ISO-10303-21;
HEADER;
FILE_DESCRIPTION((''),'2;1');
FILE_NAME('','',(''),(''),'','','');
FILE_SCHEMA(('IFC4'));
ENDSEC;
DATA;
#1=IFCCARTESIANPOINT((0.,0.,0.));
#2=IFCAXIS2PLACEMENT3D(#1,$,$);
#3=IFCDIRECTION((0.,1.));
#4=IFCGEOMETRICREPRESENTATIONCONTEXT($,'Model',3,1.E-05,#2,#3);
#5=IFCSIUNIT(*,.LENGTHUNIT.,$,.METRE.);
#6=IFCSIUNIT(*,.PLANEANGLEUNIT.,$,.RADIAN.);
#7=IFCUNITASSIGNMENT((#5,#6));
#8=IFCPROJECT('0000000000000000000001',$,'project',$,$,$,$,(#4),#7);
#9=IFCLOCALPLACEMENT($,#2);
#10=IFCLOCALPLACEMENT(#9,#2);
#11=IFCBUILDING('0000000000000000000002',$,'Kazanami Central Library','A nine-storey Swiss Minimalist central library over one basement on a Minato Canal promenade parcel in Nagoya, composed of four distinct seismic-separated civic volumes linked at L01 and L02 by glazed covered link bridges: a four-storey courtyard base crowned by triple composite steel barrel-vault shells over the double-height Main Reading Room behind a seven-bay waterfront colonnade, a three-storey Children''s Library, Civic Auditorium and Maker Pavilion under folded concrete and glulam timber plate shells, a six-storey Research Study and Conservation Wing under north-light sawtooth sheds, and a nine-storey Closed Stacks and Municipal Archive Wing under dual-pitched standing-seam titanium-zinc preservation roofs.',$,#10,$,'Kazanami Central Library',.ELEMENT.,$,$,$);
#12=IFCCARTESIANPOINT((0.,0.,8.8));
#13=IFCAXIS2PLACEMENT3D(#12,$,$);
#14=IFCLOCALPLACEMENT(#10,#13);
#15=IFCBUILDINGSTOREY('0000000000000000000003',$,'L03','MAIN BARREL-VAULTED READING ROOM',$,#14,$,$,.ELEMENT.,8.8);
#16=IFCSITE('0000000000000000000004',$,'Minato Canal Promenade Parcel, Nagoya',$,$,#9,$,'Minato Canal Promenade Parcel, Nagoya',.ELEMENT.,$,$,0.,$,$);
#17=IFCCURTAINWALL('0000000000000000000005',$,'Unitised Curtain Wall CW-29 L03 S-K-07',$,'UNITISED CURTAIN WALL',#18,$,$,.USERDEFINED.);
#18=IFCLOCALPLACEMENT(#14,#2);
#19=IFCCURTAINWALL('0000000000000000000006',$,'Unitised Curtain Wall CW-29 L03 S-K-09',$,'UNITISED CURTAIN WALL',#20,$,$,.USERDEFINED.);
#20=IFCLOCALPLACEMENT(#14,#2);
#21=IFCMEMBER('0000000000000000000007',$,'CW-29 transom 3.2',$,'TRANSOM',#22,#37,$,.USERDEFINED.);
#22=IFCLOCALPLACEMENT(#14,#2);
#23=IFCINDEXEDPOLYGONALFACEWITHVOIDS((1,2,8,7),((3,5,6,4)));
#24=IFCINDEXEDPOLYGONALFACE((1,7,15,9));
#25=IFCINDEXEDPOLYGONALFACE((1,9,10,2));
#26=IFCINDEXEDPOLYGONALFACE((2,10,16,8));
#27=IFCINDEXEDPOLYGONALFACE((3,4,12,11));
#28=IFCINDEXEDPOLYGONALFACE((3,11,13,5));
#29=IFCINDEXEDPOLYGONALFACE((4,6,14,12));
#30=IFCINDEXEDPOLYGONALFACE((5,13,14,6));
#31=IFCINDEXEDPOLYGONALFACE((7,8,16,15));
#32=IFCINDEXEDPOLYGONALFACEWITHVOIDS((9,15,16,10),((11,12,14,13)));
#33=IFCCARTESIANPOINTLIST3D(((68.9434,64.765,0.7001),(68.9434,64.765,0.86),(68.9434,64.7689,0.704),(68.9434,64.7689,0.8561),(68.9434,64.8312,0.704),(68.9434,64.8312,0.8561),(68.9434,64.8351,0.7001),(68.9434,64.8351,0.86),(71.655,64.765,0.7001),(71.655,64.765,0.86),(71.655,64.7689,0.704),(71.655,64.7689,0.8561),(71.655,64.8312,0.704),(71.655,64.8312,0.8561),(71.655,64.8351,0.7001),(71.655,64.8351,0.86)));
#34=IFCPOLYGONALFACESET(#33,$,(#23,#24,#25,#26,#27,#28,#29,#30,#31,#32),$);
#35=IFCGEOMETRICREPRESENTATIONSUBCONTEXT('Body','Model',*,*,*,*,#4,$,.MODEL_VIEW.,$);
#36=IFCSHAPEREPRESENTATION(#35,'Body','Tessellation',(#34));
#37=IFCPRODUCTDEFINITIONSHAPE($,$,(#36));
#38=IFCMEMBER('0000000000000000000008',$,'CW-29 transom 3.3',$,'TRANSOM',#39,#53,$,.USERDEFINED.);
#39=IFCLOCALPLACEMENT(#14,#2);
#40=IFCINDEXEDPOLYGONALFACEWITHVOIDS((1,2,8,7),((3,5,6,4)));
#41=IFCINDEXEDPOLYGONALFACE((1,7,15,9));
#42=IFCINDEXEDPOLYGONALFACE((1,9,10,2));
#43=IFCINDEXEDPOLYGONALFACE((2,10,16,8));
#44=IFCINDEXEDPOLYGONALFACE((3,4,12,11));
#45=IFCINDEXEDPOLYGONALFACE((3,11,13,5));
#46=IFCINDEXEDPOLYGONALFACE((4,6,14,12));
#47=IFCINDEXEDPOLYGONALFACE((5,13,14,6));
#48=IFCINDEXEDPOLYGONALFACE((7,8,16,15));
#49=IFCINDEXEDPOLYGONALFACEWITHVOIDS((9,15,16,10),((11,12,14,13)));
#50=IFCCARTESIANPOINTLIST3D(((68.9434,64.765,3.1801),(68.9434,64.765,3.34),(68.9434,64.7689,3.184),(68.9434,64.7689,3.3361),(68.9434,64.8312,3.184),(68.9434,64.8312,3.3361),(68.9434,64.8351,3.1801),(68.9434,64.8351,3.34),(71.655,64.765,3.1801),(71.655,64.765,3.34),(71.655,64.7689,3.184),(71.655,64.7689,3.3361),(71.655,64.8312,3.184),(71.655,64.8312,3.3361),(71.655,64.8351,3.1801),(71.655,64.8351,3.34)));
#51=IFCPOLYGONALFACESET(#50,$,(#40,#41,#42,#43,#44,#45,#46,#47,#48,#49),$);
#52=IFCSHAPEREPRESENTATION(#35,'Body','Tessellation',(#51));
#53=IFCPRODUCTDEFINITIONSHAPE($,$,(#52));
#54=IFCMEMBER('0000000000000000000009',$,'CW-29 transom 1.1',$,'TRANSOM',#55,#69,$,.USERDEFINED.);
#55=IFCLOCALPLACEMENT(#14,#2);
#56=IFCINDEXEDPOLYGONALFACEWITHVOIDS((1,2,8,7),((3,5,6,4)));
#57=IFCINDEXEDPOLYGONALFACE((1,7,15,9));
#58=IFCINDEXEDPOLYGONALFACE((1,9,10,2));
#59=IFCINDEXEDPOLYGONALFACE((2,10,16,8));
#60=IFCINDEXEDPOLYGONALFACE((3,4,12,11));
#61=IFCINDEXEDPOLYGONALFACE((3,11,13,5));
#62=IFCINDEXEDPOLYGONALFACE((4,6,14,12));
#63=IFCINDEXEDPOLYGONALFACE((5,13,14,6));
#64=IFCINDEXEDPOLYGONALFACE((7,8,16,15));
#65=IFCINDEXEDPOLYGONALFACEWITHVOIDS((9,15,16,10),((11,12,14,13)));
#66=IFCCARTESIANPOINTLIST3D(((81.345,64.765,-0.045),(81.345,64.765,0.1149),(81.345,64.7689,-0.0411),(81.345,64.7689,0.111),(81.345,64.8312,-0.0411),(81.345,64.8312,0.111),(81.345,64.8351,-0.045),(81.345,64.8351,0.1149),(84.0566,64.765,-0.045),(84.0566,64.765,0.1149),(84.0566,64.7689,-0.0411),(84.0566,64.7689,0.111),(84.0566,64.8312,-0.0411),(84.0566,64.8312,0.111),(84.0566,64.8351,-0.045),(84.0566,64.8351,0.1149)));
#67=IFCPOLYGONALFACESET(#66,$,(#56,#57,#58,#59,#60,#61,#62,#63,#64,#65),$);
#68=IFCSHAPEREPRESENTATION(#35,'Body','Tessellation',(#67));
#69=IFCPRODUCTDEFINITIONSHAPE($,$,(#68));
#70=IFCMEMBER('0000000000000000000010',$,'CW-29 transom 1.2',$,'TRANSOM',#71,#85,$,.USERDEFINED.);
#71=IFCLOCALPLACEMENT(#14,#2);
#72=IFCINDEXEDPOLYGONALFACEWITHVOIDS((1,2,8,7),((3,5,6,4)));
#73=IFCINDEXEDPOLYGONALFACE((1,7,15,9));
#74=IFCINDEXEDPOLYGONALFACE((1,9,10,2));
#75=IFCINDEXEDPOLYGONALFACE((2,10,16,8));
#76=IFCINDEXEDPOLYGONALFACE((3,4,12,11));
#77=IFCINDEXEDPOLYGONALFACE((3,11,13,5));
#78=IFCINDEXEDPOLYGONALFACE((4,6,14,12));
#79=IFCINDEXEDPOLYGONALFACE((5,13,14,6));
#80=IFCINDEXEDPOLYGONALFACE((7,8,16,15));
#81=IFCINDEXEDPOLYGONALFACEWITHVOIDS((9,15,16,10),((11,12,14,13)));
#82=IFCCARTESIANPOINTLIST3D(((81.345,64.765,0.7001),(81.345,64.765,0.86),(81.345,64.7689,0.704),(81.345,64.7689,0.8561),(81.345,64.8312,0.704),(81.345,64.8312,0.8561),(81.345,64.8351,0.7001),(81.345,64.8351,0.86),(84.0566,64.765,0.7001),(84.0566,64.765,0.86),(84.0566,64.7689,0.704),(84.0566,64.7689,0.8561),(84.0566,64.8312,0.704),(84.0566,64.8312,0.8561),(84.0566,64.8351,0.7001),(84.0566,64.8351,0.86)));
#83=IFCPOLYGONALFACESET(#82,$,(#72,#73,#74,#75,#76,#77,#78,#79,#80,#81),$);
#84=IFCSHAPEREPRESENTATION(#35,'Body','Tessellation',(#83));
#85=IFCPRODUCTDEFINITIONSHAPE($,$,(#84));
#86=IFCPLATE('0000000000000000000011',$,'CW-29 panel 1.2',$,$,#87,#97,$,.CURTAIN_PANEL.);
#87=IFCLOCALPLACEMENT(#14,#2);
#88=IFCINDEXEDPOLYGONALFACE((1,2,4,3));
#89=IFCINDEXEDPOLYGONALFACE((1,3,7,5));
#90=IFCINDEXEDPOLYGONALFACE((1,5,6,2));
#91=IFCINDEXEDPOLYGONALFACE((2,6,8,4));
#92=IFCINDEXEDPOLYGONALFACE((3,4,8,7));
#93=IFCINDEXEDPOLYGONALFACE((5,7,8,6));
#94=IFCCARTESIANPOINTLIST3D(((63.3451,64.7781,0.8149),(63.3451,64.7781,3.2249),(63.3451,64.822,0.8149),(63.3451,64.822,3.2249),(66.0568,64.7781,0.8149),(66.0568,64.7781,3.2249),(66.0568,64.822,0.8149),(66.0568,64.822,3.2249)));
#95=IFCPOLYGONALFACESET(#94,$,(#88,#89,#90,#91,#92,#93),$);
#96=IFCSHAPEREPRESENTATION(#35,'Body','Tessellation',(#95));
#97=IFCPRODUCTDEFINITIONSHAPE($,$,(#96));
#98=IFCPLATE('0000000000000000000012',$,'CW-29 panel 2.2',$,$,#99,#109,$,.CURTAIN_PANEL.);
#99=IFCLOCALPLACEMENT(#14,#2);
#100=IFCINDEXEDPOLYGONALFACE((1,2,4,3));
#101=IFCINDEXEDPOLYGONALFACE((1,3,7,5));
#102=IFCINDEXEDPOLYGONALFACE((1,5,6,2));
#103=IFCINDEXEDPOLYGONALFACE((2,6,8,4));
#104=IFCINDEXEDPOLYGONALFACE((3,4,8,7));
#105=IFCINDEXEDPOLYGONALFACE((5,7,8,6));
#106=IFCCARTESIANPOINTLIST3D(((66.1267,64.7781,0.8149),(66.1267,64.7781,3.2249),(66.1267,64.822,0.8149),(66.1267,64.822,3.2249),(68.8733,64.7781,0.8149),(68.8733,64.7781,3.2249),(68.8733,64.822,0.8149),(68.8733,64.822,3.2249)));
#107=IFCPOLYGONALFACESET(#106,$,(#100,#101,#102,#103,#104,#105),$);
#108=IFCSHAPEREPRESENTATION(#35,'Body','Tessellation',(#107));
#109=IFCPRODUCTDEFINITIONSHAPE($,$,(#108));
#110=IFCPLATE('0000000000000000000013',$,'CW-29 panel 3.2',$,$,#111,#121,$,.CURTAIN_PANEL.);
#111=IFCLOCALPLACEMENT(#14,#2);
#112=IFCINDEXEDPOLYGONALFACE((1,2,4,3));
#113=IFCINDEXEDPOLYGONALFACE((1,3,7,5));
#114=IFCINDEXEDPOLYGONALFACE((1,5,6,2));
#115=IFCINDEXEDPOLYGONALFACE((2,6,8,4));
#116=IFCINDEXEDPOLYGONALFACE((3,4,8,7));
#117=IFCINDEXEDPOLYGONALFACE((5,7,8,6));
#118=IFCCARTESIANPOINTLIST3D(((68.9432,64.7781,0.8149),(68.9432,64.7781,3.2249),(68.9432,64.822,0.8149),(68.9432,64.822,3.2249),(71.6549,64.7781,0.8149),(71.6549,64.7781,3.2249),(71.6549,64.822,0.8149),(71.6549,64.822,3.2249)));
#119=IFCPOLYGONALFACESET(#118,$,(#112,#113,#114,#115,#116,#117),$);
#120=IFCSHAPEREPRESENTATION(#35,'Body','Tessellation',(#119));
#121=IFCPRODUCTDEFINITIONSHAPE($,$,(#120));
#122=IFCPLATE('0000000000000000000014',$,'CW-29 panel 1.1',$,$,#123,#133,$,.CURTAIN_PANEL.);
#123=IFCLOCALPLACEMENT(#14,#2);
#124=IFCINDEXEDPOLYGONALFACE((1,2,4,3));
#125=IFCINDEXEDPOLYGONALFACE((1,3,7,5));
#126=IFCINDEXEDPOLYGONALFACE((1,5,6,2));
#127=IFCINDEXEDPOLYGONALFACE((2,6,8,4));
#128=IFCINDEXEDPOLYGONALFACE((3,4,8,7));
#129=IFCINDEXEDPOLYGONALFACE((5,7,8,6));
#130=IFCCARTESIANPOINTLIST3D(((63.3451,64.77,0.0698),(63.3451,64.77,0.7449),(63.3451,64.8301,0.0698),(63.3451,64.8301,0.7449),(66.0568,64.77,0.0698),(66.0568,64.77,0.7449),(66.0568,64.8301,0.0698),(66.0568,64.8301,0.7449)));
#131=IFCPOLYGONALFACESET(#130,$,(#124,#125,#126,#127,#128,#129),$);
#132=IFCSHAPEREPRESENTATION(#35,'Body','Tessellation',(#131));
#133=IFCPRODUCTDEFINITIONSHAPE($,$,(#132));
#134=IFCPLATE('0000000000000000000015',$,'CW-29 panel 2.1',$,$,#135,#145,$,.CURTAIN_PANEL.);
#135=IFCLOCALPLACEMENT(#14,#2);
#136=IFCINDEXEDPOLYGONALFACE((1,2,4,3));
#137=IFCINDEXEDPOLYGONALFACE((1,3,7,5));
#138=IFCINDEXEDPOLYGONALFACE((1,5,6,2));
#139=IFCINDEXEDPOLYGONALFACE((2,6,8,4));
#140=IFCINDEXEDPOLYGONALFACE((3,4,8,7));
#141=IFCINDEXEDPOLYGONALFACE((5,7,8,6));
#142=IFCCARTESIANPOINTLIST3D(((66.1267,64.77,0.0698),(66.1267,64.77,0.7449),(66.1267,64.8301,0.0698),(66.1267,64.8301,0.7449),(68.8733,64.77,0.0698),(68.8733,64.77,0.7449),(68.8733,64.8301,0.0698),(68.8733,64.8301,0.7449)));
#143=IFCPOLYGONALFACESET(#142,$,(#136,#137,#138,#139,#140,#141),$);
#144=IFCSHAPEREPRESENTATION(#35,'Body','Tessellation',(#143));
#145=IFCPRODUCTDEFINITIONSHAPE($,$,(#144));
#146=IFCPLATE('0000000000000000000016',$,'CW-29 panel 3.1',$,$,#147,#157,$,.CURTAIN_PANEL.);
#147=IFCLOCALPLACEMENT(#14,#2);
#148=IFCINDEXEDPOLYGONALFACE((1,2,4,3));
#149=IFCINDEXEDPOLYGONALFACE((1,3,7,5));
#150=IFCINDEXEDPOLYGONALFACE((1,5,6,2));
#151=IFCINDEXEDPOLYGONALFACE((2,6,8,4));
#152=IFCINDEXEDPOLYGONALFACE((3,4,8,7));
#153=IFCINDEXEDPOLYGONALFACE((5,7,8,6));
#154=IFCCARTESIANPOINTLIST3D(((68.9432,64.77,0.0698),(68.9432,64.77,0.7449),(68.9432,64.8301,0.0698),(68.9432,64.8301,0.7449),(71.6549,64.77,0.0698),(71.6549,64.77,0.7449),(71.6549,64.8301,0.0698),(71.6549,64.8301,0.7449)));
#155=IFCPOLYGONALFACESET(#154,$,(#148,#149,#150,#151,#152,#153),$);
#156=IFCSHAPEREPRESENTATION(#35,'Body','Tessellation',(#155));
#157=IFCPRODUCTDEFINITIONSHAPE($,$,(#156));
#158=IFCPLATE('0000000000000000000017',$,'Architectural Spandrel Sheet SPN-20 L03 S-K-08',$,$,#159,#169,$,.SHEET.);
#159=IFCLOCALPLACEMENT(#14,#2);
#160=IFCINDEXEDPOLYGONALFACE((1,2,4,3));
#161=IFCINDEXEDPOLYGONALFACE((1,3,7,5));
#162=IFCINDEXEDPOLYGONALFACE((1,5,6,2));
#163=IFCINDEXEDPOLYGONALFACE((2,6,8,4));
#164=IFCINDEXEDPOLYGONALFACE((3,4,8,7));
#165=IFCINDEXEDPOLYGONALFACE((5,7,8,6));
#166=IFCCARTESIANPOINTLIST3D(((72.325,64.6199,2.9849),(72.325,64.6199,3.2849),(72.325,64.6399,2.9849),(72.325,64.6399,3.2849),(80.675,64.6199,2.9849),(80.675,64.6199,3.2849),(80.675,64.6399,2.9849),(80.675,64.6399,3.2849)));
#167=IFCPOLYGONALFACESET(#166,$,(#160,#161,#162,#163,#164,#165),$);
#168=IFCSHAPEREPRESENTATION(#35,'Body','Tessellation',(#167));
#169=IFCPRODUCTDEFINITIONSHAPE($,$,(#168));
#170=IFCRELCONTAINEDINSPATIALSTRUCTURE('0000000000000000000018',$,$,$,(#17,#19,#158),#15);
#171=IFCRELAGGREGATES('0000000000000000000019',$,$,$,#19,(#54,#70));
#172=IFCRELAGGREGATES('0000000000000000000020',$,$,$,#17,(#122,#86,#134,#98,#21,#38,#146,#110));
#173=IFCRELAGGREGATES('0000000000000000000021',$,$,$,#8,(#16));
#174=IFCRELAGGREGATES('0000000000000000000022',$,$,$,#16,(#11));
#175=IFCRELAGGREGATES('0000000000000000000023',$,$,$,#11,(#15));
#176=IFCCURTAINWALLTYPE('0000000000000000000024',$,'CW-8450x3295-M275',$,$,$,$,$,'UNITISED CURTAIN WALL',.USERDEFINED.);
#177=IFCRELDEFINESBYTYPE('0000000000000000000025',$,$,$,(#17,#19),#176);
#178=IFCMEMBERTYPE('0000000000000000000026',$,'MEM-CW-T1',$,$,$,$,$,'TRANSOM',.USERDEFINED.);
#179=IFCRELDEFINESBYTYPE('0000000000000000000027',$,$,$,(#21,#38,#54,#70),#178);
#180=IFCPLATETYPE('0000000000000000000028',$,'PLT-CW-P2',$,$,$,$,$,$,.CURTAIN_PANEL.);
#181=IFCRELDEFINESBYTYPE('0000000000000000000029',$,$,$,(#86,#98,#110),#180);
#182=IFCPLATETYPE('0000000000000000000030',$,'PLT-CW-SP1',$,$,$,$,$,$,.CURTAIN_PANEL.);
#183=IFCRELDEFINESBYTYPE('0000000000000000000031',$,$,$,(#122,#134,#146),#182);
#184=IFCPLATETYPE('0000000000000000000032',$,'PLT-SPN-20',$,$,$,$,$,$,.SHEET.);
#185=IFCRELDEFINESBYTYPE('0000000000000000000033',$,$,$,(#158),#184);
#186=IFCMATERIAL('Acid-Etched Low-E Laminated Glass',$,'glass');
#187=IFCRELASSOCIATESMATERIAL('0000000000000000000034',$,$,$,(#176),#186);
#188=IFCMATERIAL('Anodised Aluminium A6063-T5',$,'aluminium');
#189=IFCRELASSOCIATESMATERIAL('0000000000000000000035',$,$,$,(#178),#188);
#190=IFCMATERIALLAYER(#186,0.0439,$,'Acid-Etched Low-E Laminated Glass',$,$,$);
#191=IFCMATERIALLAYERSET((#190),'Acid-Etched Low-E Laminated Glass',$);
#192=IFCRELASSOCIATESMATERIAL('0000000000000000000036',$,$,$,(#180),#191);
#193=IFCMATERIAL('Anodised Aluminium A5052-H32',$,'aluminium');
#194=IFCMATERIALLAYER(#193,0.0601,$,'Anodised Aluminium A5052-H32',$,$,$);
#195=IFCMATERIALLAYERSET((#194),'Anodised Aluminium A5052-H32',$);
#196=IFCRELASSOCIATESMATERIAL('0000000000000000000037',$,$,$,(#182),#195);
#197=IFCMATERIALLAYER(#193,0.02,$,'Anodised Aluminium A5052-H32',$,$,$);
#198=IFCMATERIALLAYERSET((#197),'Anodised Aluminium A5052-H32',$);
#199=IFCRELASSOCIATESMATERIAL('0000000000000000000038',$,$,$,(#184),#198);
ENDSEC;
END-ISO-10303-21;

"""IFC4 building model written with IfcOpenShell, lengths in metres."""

from ifc_helpers import new_model, si_unit, direction, frame, origin, origin_2d, place, context, subcontext, project, spatial, rectangle, hollow_rectangle, extrude, material, layer, layer_set, material_profile, profile_set, type_object, element, aggregate, save


model = new_model("IFC4")

# Units and contexts
model_context = context("Model", 3, precision=1e-05, world=origin(), true_north=direction((0.0, 1.0)))
body_context = subcontext(model_context, "Body", "Model", "MODEL_VIEW")
ifc_project = project(units=[si_unit("LENGTHUNIT", "METRE"), si_unit("PLANEANGLEUNIT", "RADIAN")], contexts=[model_context])

# Site, building, storey
site_placement = place(None, origin())
site = spatial("IfcSite", under=ifc_project, at=site_placement, Name="Minato Canal Promenade Parcel, Nagoya", LongName="Minato Canal Promenade Parcel, Nagoya", CompositionType="ELEMENT", RefElevation=0.0)
building_placement = place(site_placement, origin())
building = spatial("IfcBuilding", under=site, at=building_placement, Name="Kazanami Central Library", Description="A nine-storey Swiss Minimalist central library over one basement on a Minato Canal promenade parcel in Nagoya, composed of four distinct seismic-separated civic volumes linked at L01 and L02 by glazed covered link bridges: a four-storey courtyard base crowned by triple composite steel barrel-vault shells over the double-height Main Reading Room behind a seven-bay waterfront colonnade, a three-storey Children's Library, Civic Auditorium and Maker Pavilion under folded concrete and glulam timber plate shells, a six-storey Research Study and Conservation Wing under north-light sawtooth sheds, and a nine-storey Closed Stacks and Municipal Archive Wing under dual-pitched standing-seam titanium-zinc preservation roofs.", LongName="Kazanami Central Library", CompositionType="ELEMENT")
storey_placement = place(building_placement, frame((0.0, 0.0, 8.8)))
storey = spatial("IfcBuildingStorey", under=building, at=storey_placement, Name="L03", Description="MAIN BARREL-VAULTED READING ROOM", CompositionType="ELEMENT", Elevation=8.8)

# Curtain wall
ifc_material_1 = material(Name="Acid-Etched Low-E Laminated Glass", Category="glass")
curtain_wall_type = type_object("IfcCurtainWallType", Name="CW-8450x3295-M275", ElementType="UNITISED CURTAIN WALL", PredefinedType="USERDEFINED", material=ifc_material_1)
curtain_wall_1_placement = place(storey_placement, origin())
curtain_wall_1 = element("IfcCurtainWall", 1, at=curtain_wall_1_placement, inside=storey, type_object=curtain_wall_type, Name="Unitised Curtain Wall CW-29 L03 S-K-07", ObjectType="UNITISED CURTAIN WALL", PredefinedType="USERDEFINED")
ifc_material_2 = material(Name="Anodised Aluminium A6063-T5", Category="aluminium")

# Curtain wall
curtain_wall_2_placement = place(storey_placement, origin())
curtain_wall_2 = element("IfcCurtainWall", 2, at=curtain_wall_2_placement, inside=storey, type_object=curtain_wall_type, Name="Unitised Curtain Wall CW-29 L03 S-K-09", ObjectType="UNITISED CURTAIN WALL", PredefinedType="USERDEFINED")

# Members
ifc_material_profile_1 = material_profile(ifc_material_2, hollow_rectangle(XDim=0.0701, YDim=0.1599, WallThickness=0.0039, at=origin_2d()), Name="ALU-TRAN-70x160x4")
ifc_profile_set_1 = profile_set([ifc_material_profile_1], Name="Anodised Aluminium A6063-T5")
member_type_1 = type_object("IfcMemberType", Name="MEM-CW-T1", ElementType="TRANSOM", PredefinedType="USERDEFINED", material=ifc_profile_set_1)
member_1_placement = place(storey_placement, frame((68.9434, 64.8, 0.78), z_axis=(1.0, 0.0, 0.0), x_axis=(0.0, 1.0, 0.0)))
member_1 = element("IfcMember", 3, at=member_1_placement, type_object=member_type_1, Name="CW-29 transom 3.2", ObjectType="TRANSOM", PredefinedType="USERDEFINED", context=body_context, shape_type="SweptSolid", body=[
    extrude(hollow_rectangle(XDim=0.0701, YDim=0.1599, WallThickness=0.0039, at=origin_2d()), origin(), (0.0, 0.0, 1.0), 2.7117),
])
member_2_placement = place(storey_placement, frame((68.9434, 64.8, 3.26), z_axis=(1.0, 0.0, 0.0), x_axis=(0.0, 1.0, 0.0)))
member_2 = element("IfcMember", 4, at=member_2_placement, type_object=member_type_1, Name="CW-29 transom 3.3", ObjectType="TRANSOM", PredefinedType="USERDEFINED", context=body_context, shape_type="SweptSolid", body=[
    extrude(hollow_rectangle(XDim=0.0701, YDim=0.1599, WallThickness=0.0039, at=origin_2d()), origin(), (0.0, 0.0, 1.0), 2.7117),
])
member_3_placement = place(storey_placement, frame((81.345, 64.8, 0.0349), z_axis=(1.0, 0.0, 0.0), x_axis=(0.0, 1.0, 0.0)))
member_3 = element("IfcMember", 5, at=member_3_placement, type_object=member_type_1, Name="CW-29 transom 1.1", ObjectType="TRANSOM", PredefinedType="USERDEFINED", context=body_context, shape_type="SweptSolid", body=[
    extrude(hollow_rectangle(XDim=0.0701, YDim=0.1599, WallThickness=0.0039, at=origin_2d()), origin(), (0.0, 0.0, 1.0), 2.7117),
])
member_4_placement = place(storey_placement, frame((81.345, 64.8, 0.78), z_axis=(1.0, 0.0, 0.0), x_axis=(0.0, 1.0, 0.0)))
member_4 = element("IfcMember", 6, at=member_4_placement, type_object=member_type_1, Name="CW-29 transom 1.2", ObjectType="TRANSOM", PredefinedType="USERDEFINED", context=body_context, shape_type="SweptSolid", body=[
    extrude(hollow_rectangle(XDim=0.0701, YDim=0.1599, WallThickness=0.0039, at=origin_2d()), origin(), (0.0, 0.0, 1.0), 2.7117),
])
aggregate(curtain_wall_2, [member_3, member_4])

# Plates
ifc_layer_1 = layer(ifc_material_1, 0.0439, Name="Acid-Etched Low-E Laminated Glass")
ifc_layer_set_1 = layer_set([ifc_layer_1], Name="Acid-Etched Low-E Laminated Glass")
plate_type_1 = type_object("IfcPlateType", Name="PLT-CW-P2", PredefinedType="CURTAIN_PANEL", material=ifc_layer_set_1)
plate_1_placement = place(storey_placement, frame((64.7009, 64.8, 0.8149), z_axis=(0.0, 0.0, 1.0), x_axis=(1.0, 0.0, 0.0)))
plate_1 = element("IfcPlate", 7, at=plate_1_placement, type_object=plate_type_1, Name="CW-29 panel 1.2", PredefinedType="CURTAIN_PANEL", context=body_context, shape_type="SweptSolid", body=[
    extrude(rectangle(XDim=2.7117, YDim=0.0439, at=origin_2d()), origin(), (0.0, 0.0, 1.0), 2.4099),
])
plate_2_placement = place(storey_placement, frame((67.5, 64.8, 0.8149), z_axis=(0.0, 0.0, 1.0), x_axis=(1.0, 0.0, 0.0)))
plate_2 = element("IfcPlate", 8, at=plate_2_placement, type_object=plate_type_1, Name="CW-29 panel 2.2", PredefinedType="CURTAIN_PANEL", context=body_context, shape_type="SweptSolid", body=[
    extrude(rectangle(XDim=2.7466, YDim=0.0439, at=origin_2d()), origin(), (0.0, 0.0, 1.0), 2.4099),
])
plate_3_placement = place(storey_placement, frame((70.2991, 64.8, 0.8149), z_axis=(0.0, 0.0, 1.0), x_axis=(1.0, 0.0, 0.0)))
plate_3 = element("IfcPlate", 9, at=plate_3_placement, type_object=plate_type_1, Name="CW-29 panel 3.2", PredefinedType="CURTAIN_PANEL", context=body_context, shape_type="SweptSolid", body=[
    extrude(rectangle(XDim=2.7117, YDim=0.0439, at=origin_2d()), origin(), (0.0, 0.0, 1.0), 2.4099),
])
ifc_material_3 = material(Name="Anodised Aluminium A5052-H32", Category="aluminium")
ifc_layer_2 = layer(ifc_material_3, 0.0601, Name="Anodised Aluminium A5052-H32")
ifc_layer_set_2 = layer_set([ifc_layer_2], Name="Anodised Aluminium A5052-H32")
plate_type_2 = type_object("IfcPlateType", Name="PLT-CW-SP1", PredefinedType="CURTAIN_PANEL", material=ifc_layer_set_2)
plate_4_placement = place(storey_placement, frame((64.7009, 64.8, 0.0698), z_axis=(0.0, 0.0, 1.0), x_axis=(1.0, 0.0, 0.0)))
plate_4 = element("IfcPlate", 10, at=plate_4_placement, type_object=plate_type_2, Name="CW-29 panel 1.1", PredefinedType="CURTAIN_PANEL", context=body_context, shape_type="SweptSolid", body=[
    extrude(rectangle(XDim=2.7117, YDim=0.0601, at=origin_2d()), origin(), (0.0, 0.0, 1.0), 0.675),
])
plate_5_placement = place(storey_placement, frame((67.5, 64.8, 0.0698), z_axis=(0.0, 0.0, 1.0), x_axis=(1.0, 0.0, 0.0)))
plate_5 = element("IfcPlate", 11, at=plate_5_placement, type_object=plate_type_2, Name="CW-29 panel 2.1", PredefinedType="CURTAIN_PANEL", context=body_context, shape_type="SweptSolid", body=[
    extrude(rectangle(XDim=2.7466, YDim=0.0601, at=origin_2d()), origin(), (0.0, 0.0, 1.0), 0.675),
])
plate_6_placement = place(storey_placement, frame((70.2991, 64.8, 0.0698), z_axis=(0.0, 0.0, 1.0), x_axis=(1.0, 0.0, 0.0)))
plate_6 = element("IfcPlate", 12, at=plate_6_placement, type_object=plate_type_2, Name="CW-29 panel 3.1", PredefinedType="CURTAIN_PANEL", context=body_context, shape_type="SweptSolid", body=[
    extrude(rectangle(XDim=2.7117, YDim=0.0601, at=origin_2d()), origin(), (0.0, 0.0, 1.0), 0.675),
])
aggregate(curtain_wall_1, [plate_4, plate_1, plate_5, plate_2, member_1, member_2, plate_6, plate_3])
ifc_layer_3 = layer(ifc_material_3, 0.02, Name="Anodised Aluminium A5052-H32")
ifc_layer_set_3 = layer_set([ifc_layer_3], Name="Anodised Aluminium A5052-H32")
plate_type_3 = type_object("IfcPlateType", Name="PLT-SPN-20", PredefinedType="SHEET", material=ifc_layer_set_3)
plate_7_placement = place(storey_placement, frame((76.5, 64.6299, 2.9849), z_axis=(0.0, 0.0, 1.0), x_axis=(1.0, 0.0, 0.0)))
element("IfcPlate", 13, at=plate_7_placement, inside=storey, type_object=plate_type_3, Name="Architectural Spandrel Sheet SPN-20 L03 S-K-08", PredefinedType="SHEET", context=body_context, shape_type="SweptSolid", body=[
    extrude(rectangle(XDim=8.3501, YDim=0.02, at=origin_2d()), origin(), (0.0, 0.0, 1.0), 0.3),
])

save(model, "model.ifc")
